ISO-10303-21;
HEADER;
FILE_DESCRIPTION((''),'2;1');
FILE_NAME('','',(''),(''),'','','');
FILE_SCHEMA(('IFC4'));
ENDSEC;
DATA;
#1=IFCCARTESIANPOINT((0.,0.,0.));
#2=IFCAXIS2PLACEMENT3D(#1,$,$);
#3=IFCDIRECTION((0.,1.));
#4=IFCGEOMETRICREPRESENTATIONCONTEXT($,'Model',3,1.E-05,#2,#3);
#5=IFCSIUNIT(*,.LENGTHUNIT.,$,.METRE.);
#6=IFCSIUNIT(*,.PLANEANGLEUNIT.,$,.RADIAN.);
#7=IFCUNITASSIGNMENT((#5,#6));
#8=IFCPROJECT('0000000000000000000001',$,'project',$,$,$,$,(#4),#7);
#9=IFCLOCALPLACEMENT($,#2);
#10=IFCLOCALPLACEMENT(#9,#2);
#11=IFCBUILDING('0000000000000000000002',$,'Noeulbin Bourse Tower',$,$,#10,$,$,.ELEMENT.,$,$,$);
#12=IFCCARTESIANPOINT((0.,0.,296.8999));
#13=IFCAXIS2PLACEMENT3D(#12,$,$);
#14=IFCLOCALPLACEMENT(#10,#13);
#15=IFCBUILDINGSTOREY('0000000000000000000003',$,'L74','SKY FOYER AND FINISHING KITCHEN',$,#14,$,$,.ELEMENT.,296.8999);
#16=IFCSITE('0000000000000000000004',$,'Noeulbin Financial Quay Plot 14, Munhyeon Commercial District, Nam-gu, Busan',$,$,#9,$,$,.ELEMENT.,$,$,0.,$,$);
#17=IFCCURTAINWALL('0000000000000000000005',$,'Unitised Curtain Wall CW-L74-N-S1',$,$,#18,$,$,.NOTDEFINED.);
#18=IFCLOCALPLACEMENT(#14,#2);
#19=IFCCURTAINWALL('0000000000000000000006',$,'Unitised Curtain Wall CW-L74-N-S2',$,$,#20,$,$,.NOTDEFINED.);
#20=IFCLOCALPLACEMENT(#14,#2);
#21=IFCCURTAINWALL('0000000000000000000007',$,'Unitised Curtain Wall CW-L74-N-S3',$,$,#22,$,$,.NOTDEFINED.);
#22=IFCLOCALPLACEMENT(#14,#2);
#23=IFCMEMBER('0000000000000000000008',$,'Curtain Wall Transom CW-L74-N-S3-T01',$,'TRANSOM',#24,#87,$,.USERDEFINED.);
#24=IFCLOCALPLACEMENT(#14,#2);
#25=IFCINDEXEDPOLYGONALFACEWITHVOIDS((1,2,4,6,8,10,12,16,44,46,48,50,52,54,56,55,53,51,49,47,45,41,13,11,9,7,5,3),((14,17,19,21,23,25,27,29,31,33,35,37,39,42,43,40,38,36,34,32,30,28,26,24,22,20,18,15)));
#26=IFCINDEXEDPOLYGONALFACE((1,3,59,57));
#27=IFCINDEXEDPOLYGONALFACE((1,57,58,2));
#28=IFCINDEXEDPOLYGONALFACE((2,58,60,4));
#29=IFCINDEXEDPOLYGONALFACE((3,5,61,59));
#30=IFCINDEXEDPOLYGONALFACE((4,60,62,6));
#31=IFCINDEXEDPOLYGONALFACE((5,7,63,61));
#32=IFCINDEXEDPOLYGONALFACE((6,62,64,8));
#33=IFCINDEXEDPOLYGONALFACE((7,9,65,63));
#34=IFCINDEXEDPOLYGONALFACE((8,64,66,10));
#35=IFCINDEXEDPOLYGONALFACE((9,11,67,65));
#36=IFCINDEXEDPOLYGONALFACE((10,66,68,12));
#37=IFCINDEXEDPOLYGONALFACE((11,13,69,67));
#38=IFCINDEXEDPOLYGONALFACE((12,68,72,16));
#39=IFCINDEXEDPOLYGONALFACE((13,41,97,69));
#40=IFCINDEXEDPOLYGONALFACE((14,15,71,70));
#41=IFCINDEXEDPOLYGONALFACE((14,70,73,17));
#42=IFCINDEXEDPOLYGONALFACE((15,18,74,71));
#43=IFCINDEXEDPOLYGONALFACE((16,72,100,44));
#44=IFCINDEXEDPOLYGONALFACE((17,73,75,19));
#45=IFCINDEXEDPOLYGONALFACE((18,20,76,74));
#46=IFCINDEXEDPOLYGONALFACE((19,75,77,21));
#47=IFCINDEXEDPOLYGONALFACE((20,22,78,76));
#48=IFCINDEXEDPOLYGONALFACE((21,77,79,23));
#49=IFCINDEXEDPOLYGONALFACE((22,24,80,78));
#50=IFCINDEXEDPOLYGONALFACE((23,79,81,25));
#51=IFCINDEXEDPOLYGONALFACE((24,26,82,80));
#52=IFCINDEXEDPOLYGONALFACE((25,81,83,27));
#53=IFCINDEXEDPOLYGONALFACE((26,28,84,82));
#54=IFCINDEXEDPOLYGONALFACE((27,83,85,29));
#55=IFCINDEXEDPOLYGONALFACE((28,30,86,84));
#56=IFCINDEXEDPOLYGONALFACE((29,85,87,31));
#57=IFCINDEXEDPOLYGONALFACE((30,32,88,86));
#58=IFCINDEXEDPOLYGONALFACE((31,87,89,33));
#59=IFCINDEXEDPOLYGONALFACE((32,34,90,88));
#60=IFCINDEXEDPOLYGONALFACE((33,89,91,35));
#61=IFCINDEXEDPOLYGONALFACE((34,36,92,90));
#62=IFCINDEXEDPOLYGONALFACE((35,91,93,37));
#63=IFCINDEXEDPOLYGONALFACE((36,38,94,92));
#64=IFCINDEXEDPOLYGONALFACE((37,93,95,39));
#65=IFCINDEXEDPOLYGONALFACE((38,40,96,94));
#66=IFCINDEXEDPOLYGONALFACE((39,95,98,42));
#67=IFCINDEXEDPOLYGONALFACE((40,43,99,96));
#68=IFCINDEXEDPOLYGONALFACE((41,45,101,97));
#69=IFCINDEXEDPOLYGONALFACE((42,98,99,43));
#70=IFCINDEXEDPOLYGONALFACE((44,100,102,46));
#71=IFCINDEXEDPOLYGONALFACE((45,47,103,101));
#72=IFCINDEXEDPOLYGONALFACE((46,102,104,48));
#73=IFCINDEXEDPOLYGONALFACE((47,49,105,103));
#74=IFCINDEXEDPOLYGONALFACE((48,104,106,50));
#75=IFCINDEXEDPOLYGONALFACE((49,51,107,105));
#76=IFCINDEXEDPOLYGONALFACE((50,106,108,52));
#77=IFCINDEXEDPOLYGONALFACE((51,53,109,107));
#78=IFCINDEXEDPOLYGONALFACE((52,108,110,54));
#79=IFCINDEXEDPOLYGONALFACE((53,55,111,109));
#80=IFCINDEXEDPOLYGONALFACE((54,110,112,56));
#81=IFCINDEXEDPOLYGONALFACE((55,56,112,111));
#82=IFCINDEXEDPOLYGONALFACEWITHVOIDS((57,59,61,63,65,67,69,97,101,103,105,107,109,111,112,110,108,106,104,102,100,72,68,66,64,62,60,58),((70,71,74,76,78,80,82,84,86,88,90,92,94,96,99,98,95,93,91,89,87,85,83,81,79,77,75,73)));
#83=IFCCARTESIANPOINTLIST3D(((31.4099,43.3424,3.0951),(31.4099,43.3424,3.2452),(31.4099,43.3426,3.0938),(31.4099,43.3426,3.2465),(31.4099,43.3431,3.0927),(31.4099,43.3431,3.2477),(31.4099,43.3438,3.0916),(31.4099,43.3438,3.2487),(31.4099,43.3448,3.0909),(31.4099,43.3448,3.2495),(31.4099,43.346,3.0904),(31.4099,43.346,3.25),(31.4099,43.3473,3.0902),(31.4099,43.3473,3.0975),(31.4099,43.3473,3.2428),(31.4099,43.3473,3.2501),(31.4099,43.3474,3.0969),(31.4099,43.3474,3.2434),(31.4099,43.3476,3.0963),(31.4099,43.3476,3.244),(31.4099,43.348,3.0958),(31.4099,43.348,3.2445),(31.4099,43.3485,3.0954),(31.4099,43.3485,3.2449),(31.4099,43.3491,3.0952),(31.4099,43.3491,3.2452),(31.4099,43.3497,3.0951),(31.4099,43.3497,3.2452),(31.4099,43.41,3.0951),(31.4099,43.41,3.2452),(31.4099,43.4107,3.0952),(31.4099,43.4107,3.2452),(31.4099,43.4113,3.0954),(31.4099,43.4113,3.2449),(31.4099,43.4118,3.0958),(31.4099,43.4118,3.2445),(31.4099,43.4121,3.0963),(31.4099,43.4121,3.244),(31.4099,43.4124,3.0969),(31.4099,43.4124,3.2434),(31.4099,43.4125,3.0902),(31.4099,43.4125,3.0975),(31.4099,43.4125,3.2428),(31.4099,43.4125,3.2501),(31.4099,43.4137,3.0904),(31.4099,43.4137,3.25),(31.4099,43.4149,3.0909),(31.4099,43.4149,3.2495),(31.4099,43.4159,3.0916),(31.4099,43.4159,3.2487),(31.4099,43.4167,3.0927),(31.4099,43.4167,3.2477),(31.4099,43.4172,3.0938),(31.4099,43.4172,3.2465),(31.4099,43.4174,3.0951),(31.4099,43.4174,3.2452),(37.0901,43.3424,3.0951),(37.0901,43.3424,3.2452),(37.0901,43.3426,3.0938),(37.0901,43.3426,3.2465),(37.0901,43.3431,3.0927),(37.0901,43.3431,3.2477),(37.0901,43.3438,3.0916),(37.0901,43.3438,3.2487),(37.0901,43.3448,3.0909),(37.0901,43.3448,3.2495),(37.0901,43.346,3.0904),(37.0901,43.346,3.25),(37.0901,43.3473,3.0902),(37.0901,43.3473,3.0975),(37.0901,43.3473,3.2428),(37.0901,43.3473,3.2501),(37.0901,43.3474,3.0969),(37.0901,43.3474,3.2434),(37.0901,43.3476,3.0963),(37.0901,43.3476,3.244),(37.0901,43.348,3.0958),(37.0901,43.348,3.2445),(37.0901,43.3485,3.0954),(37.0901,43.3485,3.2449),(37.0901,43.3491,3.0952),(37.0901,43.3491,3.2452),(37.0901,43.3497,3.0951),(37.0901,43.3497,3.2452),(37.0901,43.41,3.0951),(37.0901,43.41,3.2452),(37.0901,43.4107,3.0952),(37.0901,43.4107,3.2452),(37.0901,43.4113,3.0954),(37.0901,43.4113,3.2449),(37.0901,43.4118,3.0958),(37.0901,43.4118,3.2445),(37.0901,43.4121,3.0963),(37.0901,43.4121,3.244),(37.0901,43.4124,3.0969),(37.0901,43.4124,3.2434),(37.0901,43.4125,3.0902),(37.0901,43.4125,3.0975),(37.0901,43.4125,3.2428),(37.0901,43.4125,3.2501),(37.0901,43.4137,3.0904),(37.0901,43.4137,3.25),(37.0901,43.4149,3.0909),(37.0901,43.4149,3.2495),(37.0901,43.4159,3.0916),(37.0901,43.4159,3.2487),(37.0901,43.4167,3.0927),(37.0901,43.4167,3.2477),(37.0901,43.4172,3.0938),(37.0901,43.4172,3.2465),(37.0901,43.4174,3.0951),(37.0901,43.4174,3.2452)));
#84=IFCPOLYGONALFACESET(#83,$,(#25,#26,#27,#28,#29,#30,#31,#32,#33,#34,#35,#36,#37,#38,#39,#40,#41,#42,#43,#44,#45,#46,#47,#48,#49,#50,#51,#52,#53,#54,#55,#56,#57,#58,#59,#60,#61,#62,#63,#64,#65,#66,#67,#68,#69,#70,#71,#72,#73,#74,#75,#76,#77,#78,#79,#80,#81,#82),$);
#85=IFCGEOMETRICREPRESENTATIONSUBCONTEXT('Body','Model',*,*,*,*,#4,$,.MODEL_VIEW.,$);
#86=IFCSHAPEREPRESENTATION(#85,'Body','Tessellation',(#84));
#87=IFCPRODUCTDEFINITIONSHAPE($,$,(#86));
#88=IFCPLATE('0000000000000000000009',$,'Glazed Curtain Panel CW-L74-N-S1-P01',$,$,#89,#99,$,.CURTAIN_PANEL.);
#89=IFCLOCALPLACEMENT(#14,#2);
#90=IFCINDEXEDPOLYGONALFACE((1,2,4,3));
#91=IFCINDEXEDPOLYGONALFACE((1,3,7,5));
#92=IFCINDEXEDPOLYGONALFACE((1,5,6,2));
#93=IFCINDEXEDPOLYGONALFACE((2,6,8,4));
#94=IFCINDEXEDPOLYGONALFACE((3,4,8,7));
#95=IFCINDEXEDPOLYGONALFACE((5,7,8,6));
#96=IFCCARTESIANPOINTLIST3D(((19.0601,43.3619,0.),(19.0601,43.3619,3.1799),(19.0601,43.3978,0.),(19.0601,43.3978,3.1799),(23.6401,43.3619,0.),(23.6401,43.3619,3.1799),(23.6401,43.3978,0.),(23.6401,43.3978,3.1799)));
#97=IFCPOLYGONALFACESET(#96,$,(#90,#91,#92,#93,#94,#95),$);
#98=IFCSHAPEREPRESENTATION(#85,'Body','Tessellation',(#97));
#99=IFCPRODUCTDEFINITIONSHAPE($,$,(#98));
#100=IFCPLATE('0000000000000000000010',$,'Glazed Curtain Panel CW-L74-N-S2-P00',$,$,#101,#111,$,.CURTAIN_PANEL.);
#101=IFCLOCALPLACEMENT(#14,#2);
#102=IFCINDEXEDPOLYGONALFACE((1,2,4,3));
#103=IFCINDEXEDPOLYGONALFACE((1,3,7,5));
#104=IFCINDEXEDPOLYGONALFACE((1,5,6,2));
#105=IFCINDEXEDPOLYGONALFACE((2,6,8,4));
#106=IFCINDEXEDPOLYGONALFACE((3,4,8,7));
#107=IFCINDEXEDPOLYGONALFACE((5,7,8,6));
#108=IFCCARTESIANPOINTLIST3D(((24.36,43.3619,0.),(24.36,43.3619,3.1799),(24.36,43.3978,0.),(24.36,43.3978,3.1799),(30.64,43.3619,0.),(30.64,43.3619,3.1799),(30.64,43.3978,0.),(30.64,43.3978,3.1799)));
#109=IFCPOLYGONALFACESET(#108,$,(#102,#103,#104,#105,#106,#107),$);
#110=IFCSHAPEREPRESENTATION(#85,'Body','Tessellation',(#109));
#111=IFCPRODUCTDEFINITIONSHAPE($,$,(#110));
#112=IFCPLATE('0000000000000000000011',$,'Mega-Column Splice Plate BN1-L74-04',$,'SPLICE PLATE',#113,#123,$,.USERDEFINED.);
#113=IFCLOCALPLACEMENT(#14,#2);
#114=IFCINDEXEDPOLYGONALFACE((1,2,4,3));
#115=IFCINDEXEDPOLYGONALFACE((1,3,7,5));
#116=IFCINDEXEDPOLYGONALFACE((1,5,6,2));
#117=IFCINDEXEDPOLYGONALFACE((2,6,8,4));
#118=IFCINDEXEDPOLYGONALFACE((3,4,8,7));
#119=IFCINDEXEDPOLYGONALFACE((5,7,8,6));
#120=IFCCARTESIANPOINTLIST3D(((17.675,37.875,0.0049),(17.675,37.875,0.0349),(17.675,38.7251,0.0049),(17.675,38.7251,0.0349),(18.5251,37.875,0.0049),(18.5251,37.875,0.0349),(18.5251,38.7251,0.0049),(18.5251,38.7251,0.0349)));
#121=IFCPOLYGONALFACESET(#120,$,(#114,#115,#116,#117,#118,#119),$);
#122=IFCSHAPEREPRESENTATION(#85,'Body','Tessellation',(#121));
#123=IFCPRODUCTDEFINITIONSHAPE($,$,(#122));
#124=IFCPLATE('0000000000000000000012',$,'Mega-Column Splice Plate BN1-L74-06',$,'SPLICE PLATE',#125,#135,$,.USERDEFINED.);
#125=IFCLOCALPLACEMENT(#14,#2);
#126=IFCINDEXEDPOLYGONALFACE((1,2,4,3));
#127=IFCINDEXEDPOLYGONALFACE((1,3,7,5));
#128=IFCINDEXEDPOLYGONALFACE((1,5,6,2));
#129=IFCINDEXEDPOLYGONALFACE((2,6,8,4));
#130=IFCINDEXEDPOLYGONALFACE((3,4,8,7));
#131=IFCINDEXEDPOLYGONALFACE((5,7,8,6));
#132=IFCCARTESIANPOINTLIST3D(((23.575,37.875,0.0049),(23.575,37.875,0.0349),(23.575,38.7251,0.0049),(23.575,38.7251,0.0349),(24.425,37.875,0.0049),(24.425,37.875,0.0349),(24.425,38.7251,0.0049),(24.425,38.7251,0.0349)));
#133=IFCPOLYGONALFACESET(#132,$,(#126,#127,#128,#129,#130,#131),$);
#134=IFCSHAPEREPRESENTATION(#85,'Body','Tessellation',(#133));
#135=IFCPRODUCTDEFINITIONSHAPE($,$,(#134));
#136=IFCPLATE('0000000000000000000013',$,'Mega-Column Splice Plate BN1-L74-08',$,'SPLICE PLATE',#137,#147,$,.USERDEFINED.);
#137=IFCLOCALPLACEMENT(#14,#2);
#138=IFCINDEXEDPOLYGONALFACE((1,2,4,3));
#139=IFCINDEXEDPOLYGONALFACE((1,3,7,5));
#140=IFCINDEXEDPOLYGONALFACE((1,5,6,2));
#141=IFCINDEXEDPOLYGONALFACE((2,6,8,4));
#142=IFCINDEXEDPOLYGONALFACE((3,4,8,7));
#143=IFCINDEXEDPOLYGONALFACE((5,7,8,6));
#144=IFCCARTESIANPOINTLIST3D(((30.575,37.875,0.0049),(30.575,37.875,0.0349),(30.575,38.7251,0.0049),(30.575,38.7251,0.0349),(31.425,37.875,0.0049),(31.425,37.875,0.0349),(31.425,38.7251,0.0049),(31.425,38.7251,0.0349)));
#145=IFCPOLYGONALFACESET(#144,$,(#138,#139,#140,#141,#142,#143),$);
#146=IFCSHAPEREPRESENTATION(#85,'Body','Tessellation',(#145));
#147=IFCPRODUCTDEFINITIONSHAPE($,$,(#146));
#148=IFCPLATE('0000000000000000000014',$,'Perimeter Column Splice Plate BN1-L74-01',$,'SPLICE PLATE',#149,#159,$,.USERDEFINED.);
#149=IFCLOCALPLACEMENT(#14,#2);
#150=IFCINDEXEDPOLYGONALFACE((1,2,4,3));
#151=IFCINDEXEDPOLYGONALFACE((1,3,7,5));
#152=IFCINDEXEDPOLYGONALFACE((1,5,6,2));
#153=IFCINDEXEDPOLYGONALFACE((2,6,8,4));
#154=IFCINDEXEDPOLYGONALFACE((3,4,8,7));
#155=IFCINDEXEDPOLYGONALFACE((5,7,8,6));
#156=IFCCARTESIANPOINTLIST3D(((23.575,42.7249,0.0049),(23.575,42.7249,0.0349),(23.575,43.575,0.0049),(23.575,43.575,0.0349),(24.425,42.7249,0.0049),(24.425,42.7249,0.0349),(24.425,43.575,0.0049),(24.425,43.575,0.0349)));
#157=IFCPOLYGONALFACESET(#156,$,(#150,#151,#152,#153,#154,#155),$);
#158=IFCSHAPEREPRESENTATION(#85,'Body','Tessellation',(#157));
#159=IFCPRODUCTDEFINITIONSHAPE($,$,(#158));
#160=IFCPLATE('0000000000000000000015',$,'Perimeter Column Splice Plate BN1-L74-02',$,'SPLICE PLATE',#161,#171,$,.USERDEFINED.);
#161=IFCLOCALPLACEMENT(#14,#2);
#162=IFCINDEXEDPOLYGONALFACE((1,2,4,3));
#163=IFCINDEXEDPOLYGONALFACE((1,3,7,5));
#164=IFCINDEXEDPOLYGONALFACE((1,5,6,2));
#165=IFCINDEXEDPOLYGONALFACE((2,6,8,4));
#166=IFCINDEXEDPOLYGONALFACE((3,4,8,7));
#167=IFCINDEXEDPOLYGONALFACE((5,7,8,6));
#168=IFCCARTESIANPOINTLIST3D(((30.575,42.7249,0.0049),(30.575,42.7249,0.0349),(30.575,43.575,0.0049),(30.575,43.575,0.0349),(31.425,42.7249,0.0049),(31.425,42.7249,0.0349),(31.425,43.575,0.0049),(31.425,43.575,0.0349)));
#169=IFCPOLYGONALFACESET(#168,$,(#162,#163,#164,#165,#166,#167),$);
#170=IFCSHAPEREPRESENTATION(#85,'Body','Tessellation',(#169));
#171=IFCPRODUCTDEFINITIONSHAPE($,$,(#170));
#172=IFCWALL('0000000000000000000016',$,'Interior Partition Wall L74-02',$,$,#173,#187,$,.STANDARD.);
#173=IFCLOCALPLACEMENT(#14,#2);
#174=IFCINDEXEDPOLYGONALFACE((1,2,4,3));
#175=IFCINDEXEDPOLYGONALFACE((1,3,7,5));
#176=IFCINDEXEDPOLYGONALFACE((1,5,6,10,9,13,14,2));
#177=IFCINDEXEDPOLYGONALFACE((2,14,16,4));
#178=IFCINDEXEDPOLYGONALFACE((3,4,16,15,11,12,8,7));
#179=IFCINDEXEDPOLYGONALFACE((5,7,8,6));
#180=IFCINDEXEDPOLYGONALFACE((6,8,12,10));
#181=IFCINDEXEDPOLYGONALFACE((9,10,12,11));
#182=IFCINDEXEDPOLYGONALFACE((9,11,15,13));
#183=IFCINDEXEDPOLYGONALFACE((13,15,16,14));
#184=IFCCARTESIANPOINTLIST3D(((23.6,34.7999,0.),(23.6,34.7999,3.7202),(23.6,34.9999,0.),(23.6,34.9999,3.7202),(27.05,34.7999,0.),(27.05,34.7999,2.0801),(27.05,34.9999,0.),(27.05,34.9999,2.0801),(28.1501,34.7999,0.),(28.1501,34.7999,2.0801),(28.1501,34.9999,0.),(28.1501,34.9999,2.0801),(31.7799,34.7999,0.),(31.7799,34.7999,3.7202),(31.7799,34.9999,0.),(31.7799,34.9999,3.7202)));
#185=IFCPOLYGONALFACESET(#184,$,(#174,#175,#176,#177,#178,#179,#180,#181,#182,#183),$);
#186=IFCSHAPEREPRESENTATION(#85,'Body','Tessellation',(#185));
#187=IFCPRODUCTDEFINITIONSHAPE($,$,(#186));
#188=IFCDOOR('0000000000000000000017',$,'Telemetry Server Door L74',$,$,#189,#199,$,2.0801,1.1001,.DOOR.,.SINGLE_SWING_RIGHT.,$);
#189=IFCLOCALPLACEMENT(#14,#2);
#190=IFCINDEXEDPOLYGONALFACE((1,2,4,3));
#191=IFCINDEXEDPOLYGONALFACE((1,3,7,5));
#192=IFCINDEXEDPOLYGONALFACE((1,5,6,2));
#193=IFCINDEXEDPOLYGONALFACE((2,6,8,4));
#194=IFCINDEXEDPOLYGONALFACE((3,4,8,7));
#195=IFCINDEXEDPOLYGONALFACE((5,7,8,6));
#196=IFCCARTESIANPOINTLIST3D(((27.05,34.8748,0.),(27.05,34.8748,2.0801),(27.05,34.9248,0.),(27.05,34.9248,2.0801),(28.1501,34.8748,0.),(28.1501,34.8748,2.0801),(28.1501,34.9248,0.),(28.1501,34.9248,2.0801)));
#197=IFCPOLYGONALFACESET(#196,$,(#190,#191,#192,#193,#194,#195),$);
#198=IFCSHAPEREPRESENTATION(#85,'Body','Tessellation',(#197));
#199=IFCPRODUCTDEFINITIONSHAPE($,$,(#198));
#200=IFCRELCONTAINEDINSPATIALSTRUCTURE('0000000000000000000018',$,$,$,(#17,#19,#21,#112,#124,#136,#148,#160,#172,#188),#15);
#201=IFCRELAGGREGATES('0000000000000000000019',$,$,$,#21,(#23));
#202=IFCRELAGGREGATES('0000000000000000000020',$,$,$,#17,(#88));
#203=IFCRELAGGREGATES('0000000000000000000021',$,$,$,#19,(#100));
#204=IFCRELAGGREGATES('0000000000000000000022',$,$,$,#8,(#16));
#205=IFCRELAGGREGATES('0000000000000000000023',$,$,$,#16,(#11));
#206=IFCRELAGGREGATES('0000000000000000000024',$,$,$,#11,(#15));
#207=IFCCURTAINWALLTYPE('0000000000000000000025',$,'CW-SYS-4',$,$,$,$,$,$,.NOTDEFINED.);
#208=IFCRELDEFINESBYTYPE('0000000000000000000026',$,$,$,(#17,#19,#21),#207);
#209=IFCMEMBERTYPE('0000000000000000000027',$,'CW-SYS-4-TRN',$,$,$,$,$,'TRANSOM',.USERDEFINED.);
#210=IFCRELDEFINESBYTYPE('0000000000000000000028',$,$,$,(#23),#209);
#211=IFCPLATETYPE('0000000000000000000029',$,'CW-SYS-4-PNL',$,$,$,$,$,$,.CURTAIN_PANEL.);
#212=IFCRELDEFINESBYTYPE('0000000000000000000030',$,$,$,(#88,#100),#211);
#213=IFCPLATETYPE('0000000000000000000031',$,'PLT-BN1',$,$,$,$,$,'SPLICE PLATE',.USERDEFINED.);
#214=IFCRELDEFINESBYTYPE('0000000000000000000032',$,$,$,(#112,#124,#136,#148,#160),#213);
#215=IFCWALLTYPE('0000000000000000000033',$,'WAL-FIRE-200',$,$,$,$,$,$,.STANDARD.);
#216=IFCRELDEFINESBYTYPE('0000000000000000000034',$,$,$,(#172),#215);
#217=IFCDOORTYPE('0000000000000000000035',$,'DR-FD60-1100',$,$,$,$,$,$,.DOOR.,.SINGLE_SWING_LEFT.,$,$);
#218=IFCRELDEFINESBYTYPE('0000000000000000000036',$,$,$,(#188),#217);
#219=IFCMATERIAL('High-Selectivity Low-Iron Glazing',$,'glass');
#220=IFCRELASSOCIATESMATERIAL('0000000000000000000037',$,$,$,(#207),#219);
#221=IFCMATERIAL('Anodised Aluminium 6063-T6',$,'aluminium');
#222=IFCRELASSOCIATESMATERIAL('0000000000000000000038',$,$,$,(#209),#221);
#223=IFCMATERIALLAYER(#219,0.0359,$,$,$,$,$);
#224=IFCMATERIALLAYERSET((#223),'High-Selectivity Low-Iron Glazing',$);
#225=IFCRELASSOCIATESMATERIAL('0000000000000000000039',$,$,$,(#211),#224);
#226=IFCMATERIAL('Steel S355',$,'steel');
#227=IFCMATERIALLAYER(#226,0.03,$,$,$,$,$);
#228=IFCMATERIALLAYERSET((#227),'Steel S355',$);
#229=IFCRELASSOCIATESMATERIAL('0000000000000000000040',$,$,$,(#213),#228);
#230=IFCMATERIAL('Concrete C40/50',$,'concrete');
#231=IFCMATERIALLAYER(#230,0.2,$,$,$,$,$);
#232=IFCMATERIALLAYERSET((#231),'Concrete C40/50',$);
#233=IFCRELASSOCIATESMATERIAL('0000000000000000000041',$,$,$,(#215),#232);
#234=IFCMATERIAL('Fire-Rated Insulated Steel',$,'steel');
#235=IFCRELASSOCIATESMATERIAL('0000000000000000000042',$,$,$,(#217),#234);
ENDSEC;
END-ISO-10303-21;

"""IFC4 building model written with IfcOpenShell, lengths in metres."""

from ifc_helpers import new_model, si_unit, direction, frame, frame_2d, origin, origin_2d, place, context, subcontext, project, spatial, rectangle, hollow_rectangle, extrude, material, layer, layer_set, material_profile, profile_set, type_object, element, fill, aggregate, save


model = new_model("IFC4")

# Units and contexts
model_context = context("Model", 3, precision=1e-05, world=origin(), true_north=direction((0.0, 1.0)))
body_context = subcontext(model_context, "Body", "Model", "MODEL_VIEW")
ifc_project = project(units=[si_unit("LENGTHUNIT", "METRE"), si_unit("PLANEANGLEUNIT", "RADIAN")], contexts=[model_context])

# Site, building, storey
site_placement = place(None, origin())
site = spatial("IfcSite", under=ifc_project, at=site_placement, Name="Noeulbin Financial Quay Plot 14, Munhyeon Commercial District, Nam-gu, Busan", CompositionType="ELEMENT", RefElevation=0.0)
building_placement = place(site_placement, origin())
building = spatial("IfcBuilding", under=site, at=building_placement, Name="Noeulbin Bourse Tower", CompositionType="ELEMENT")
storey_placement = place(building_placement, frame((0.0, 0.0, 296.8999)))
storey = spatial("IfcBuildingStorey", under=building, at=storey_placement, Name="L74", Description="SKY FOYER AND FINISHING KITCHEN", CompositionType="ELEMENT", Elevation=296.8999)

# Shared definitions
ifc_material_1 = material(Name="Steel S355", Category="steel")

# Curtain walls
ifc_material_2 = material(Name="High-Selectivity Low-Iron Glazing", Category="glass")
curtain_wall_type = type_object("IfcCurtainWallType", Name="CW-SYS-4", PredefinedType="NOTDEFINED", material=ifc_material_2)
curtain_wall_1_placement = place(storey_placement, origin())
curtain_wall_1 = element("IfcCurtainWall", 1, at=curtain_wall_1_placement, inside=storey, type_object=curtain_wall_type, Name="Unitised Curtain Wall CW-L74-N-S1", PredefinedType="NOTDEFINED")
ifc_material_3 = material(Name="Anodised Aluminium 6063-T6", Category="aluminium")
curtain_wall_2_placement = place(storey_placement, origin())
curtain_wall_2 = element("IfcCurtainWall", 2, at=curtain_wall_2_placement, inside=storey, type_object=curtain_wall_type, Name="Unitised Curtain Wall CW-L74-N-S2", PredefinedType="NOTDEFINED")

# Curtain wall
curtain_wall_3_placement = place(storey_placement, origin())
curtain_wall_3 = element("IfcCurtainWall", 3, at=curtain_wall_3_placement, inside=storey, type_object=curtain_wall_type, Name="Unitised Curtain Wall CW-L74-N-S3", PredefinedType="NOTDEFINED")

# Member
ifc_material_profile_1 = material_profile(ifc_material_3, hollow_rectangle(XDim=0.075, YDim=0.1599, WallThickness=0.0049, InnerFilletRadius=0.0024, OuterFilletRadius=0.0049, at=origin_2d()), Name="ALU-TRAN-75x160x5", Category="LoadBearing")
ifc_profile_set_1 = profile_set([ifc_material_profile_1], Name="Anodised Aluminium 6063-T6")
member_type_1 = type_object("IfcMemberType", Name="CW-SYS-4-TRN", ElementType="TRANSOM", PredefinedType="USERDEFINED", material=ifc_profile_set_1)
member_1_placement = place(storey_placement, frame((31.4099, 43.3799, 3.1702), z_axis=(1.0, 0.0, 0.0), x_axis=(0.0, 1.0, 0.0)))
member_1 = element("IfcMember", 4, at=member_1_placement, type_object=member_type_1, Name="Curtain Wall Transom CW-L74-N-S3-T01", ObjectType="TRANSOM", PredefinedType="USERDEFINED", context=body_context, shape_type="SweptSolid", body=[
    extrude(hollow_rectangle(XDim=0.075, YDim=0.1599, WallThickness=0.0049, InnerFilletRadius=0.0024, OuterFilletRadius=0.0049, at=origin_2d()), origin(), (0.0, 0.0, 1.0), 5.6802),
])
aggregate(curtain_wall_3, [member_1])

# Plates
ifc_layer_1 = layer(ifc_material_2, 0.0359)
ifc_layer_set_1 = layer_set([ifc_layer_1], Name="High-Selectivity Low-Iron Glazing")
plate_type_1 = type_object("IfcPlateType", Name="CW-SYS-4-PNL", PredefinedType="CURTAIN_PANEL", material=ifc_layer_set_1)
plate_1_placement = place(storey_placement, frame((21.3501, 43.3799, 0.0), z_axis=(0.0, 0.0, 1.0), x_axis=(1.0, 0.0, 0.0)))
plate_1 = element("IfcPlate", 5, at=plate_1_placement, type_object=plate_type_1, Name="Glazed Curtain Panel CW-L74-N-S1-P01", PredefinedType="CURTAIN_PANEL", context=body_context, shape_type="SweptSolid", body=[
    extrude(rectangle(XDim=4.5801, YDim=0.0359, at=origin_2d()), origin(), (0.0, 0.0, 1.0), 3.1799),
])
aggregate(curtain_wall_1, [plate_1])
plate_2_placement = place(storey_placement, frame((27.5, 43.3799, 0.0), z_axis=(0.0, 0.0, 1.0), x_axis=(1.0, 0.0, 0.0)))
plate_2 = element("IfcPlate", 6, at=plate_2_placement, type_object=plate_type_1, Name="Glazed Curtain Panel CW-L74-N-S2-P00", PredefinedType="CURTAIN_PANEL", context=body_context, shape_type="SweptSolid", body=[
    extrude(rectangle(XDim=6.28, YDim=0.0359, at=origin_2d()), origin(), (0.0, 0.0, 1.0), 3.1799),
])
aggregate(curtain_wall_2, [plate_2])

# Plates
ifc_layer_2 = layer(ifc_material_1, 0.03)
ifc_layer_set_2 = layer_set([ifc_layer_2], Name="Steel S355")
plate_type_2 = type_object("IfcPlateType", Name="PLT-BN1", ElementType="SPLICE PLATE", PredefinedType="USERDEFINED", material=ifc_layer_set_2)
for number, where, z_axis, x_axis, name in (
    (7, (18.1001, 38.3, 0.0049), (0.0, 0.0, 1.0), (1.0, 0.0, 0.0), "Mega-Column Splice Plate BN1-L74-04"),
    (8, (24.0, 38.3, 0.0049), (0.0, 0.0, 1.0), (1.0, 0.0, 0.0), "Mega-Column Splice Plate BN1-L74-06"),
    (9, (31.0, 38.3, 0.0049), (0.0, 0.0, 1.0), (1.0, 0.0, 0.0), "Mega-Column Splice Plate BN1-L74-08"),
    (10, (24.0, 43.1499, 0.0049), (0.0, 0.0, 1.0), (1.0, 0.0, 0.0), "Perimeter Column Splice Plate BN1-L74-01"),
    (11, (31.0, 43.1499, 0.0049), (0.0, 0.0, 1.0), (1.0, 0.0, 0.0), "Perimeter Column Splice Plate BN1-L74-02"),
):
    element("IfcPlate", number, at=place(storey_placement, frame(where, z_axis=z_axis, x_axis=x_axis)), inside=storey, type_object=plate_type_2, Name=name, ObjectType="SPLICE PLATE", PredefinedType="USERDEFINED", context=body_context, shape_type="SweptSolid", body=[
        extrude(rectangle(XDim=0.8501, YDim=0.8501, at=origin_2d()), origin(), (0.0, 0.0, 1.0), 0.03),
    ])

# Wall, opening, door
ifc_material_4 = material(Name="Concrete C40/50", Category="concrete")
ifc_layer_3 = layer(ifc_material_4, 0.2)
ifc_layer_set_3 = layer_set([ifc_layer_3], Name="Concrete C40/50")
wall_type_1 = type_object("IfcWallType", Name="WAL-FIRE-200", PredefinedType="STANDARD", material=ifc_layer_set_3)
wall_1_placement = place(storey_placement, frame((23.6001, 34.8999, 0.0), z_axis=(0.0, 0.0, 1.0), x_axis=(1.0, 0.0, 0.0)))
wall_1 = element("IfcWall", 12, at=wall_1_placement, inside=storey, type_object=wall_type_1, Name="Interior Partition Wall L74-02", PredefinedType="STANDARD", context=body_context, shape_type="SweptSolid", body=[
    extrude(rectangle(XDim=8.1799, YDim=0.2, at=frame_2d((4.0898, 0.0))), origin(), (0.0, 0.0, 1.0), 3.7202),
])
opening_placement = place(wall_1_placement, frame((3.45, 0.0, 0.0)))
opening = element("IfcOpeningElement", 13, at=opening_placement, cuts=wall_1, PredefinedType="OPENING", context=body_context, shape_type="SweptSolid", body=[
    extrude(rectangle(XDim=1.1001, YDim=2.0801, at=frame_2d((0.55, 1.04))), frame((0.0, 0.1099, 0.0), z_axis=(0.0, -1.0, 0.0), x_axis=(1.0, 0.0, 0.0)), (0.0, 0.0, 1.0), 0.22),
])
ifc_material_5 = material(Name="Fire-Rated Insulated Steel", Category="steel")
door_type = type_object("IfcDoorType", Name="DR-FD60-1100", OperationType="SINGLE_SWING_LEFT", PredefinedType="DOOR", material=ifc_material_5)
door_placement = place(opening_placement, origin())
door = element("IfcDoor", 14, at=door_placement, inside=storey, type_object=door_type, Name="Telemetry Server Door L74", OperationType="SINGLE_SWING_RIGHT", OverallHeight=2.0801, OverallWidth=1.1001, PredefinedType="DOOR", context=body_context, shape_type="SweptSolid", body=[
    extrude(rectangle(XDim=1.1001, YDim=2.0801, at=frame_2d((0.55, 1.04))), frame((0.0, 0.0249, 0.0), z_axis=(0.0, -1.0, 0.0), x_axis=(1.0, 0.0, 0.0)), (0.0, 0.0, 1.0), 0.05),
])
fill(opening, door)

save(model, "model.ifc")
